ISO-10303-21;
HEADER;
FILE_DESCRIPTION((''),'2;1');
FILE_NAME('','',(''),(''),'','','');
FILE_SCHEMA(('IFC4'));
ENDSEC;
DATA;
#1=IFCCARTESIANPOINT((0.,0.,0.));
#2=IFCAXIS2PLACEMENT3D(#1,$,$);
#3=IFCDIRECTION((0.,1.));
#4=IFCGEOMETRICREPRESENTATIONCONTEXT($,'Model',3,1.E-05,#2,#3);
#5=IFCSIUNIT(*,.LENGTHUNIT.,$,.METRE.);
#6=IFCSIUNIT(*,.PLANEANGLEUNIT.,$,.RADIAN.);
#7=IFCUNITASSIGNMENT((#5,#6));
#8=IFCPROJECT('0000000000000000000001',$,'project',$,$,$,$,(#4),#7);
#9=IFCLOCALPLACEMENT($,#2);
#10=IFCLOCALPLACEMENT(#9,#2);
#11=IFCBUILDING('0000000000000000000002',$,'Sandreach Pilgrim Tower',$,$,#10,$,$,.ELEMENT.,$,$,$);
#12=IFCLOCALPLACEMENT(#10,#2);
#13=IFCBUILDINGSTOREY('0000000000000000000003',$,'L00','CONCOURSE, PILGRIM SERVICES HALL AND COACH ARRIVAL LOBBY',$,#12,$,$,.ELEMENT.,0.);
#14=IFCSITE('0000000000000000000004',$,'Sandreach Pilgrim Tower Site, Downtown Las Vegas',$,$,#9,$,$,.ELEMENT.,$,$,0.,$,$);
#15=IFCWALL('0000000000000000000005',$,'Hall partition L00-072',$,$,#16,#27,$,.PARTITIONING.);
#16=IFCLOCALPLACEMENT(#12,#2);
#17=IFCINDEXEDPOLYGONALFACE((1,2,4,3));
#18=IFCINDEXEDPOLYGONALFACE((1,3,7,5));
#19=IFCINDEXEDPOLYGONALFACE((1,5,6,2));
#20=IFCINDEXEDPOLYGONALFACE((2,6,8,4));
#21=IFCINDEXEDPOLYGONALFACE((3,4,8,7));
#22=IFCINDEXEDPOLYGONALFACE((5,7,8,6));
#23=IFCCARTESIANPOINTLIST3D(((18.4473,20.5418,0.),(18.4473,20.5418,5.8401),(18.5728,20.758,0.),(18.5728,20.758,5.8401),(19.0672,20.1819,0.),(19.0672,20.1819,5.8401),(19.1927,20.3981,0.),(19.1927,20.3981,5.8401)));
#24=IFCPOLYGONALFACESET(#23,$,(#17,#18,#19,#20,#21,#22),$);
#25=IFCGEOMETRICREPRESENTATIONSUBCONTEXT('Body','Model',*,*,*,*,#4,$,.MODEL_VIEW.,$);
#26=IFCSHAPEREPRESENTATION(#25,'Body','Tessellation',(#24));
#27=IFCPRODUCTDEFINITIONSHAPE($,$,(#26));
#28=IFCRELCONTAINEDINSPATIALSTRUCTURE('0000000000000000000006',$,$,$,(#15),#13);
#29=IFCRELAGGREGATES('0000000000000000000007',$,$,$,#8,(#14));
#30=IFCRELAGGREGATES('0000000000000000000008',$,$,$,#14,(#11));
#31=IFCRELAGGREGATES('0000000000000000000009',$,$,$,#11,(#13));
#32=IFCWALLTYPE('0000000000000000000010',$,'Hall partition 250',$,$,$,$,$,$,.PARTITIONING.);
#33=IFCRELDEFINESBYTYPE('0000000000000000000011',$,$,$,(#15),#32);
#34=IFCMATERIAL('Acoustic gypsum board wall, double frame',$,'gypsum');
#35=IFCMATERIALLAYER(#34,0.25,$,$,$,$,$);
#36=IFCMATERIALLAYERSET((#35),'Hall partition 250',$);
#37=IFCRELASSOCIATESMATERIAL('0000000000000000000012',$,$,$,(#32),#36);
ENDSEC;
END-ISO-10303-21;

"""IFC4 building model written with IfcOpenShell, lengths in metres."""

from ifc_helpers import new_model, si_unit, direction, frame, frame_2d, origin, place, context, subcontext, project, spatial, rectangle, extrude, material, layer, layer_set, type_object, element, save


model = new_model("IFC4")

# Units and contexts
model_context = context("Model", 3, precision=1e-05, world=origin(), true_north=direction((0.0, 1.0)))
body_context = subcontext(model_context, "Body", "Model", "MODEL_VIEW")
ifc_project = project(units=[si_unit("LENGTHUNIT", "METRE"), si_unit("PLANEANGLEUNIT", "RADIAN")], contexts=[model_context])

# Site, building, storey
site_placement = place(None, origin())
site = spatial("IfcSite", under=ifc_project, at=site_placement, Name="Sandreach Pilgrim Tower Site, Downtown Las Vegas", CompositionType="ELEMENT", RefElevation=0.0)
building_placement = place(site_placement, origin())
building = spatial("IfcBuilding", under=site, at=building_placement, Name="Sandreach Pilgrim Tower", CompositionType="ELEMENT")
storey_placement = place(building_placement, origin())
storey = spatial("IfcBuildingStorey", under=building, at=storey_placement, Name="L00", Description="CONCOURSE, PILGRIM SERVICES HALL AND COACH ARRIVAL LOBBY", CompositionType="ELEMENT", Elevation=0.0)

# Wall
ifc_material_1 = material(Name="Acoustic gypsum board wall, double frame", Category="gypsum")
ifc_layer = layer(ifc_material_1, 0.25)
ifc_layer_set = layer_set([ifc_layer], Name="Hall partition 250")
wall_type = type_object("IfcWallType", Name="Hall partition 250", PredefinedType="PARTITIONING", material=ifc_layer_set)
wall_1_placement = place(storey_placement, frame((18.51, 20.6499, 0.0), z_axis=(0.0, 0.0, 1.0), x_axis=(0.864827, -0.50207, 0.0)))
element("IfcWall", 1, at=wall_1_placement, inside=storey, type_object=wall_type, Name="Hall partition L00-072", PredefinedType="PARTITIONING", context=body_context, shape_type="SweptSolid", body=[
    extrude(rectangle(XDim=0.7168, YDim=0.25, at=frame_2d((0.3584, 0.0))), origin(), (0.0, 0.0, 1.0), 5.8401),
])

save(model, "model.ifc")
